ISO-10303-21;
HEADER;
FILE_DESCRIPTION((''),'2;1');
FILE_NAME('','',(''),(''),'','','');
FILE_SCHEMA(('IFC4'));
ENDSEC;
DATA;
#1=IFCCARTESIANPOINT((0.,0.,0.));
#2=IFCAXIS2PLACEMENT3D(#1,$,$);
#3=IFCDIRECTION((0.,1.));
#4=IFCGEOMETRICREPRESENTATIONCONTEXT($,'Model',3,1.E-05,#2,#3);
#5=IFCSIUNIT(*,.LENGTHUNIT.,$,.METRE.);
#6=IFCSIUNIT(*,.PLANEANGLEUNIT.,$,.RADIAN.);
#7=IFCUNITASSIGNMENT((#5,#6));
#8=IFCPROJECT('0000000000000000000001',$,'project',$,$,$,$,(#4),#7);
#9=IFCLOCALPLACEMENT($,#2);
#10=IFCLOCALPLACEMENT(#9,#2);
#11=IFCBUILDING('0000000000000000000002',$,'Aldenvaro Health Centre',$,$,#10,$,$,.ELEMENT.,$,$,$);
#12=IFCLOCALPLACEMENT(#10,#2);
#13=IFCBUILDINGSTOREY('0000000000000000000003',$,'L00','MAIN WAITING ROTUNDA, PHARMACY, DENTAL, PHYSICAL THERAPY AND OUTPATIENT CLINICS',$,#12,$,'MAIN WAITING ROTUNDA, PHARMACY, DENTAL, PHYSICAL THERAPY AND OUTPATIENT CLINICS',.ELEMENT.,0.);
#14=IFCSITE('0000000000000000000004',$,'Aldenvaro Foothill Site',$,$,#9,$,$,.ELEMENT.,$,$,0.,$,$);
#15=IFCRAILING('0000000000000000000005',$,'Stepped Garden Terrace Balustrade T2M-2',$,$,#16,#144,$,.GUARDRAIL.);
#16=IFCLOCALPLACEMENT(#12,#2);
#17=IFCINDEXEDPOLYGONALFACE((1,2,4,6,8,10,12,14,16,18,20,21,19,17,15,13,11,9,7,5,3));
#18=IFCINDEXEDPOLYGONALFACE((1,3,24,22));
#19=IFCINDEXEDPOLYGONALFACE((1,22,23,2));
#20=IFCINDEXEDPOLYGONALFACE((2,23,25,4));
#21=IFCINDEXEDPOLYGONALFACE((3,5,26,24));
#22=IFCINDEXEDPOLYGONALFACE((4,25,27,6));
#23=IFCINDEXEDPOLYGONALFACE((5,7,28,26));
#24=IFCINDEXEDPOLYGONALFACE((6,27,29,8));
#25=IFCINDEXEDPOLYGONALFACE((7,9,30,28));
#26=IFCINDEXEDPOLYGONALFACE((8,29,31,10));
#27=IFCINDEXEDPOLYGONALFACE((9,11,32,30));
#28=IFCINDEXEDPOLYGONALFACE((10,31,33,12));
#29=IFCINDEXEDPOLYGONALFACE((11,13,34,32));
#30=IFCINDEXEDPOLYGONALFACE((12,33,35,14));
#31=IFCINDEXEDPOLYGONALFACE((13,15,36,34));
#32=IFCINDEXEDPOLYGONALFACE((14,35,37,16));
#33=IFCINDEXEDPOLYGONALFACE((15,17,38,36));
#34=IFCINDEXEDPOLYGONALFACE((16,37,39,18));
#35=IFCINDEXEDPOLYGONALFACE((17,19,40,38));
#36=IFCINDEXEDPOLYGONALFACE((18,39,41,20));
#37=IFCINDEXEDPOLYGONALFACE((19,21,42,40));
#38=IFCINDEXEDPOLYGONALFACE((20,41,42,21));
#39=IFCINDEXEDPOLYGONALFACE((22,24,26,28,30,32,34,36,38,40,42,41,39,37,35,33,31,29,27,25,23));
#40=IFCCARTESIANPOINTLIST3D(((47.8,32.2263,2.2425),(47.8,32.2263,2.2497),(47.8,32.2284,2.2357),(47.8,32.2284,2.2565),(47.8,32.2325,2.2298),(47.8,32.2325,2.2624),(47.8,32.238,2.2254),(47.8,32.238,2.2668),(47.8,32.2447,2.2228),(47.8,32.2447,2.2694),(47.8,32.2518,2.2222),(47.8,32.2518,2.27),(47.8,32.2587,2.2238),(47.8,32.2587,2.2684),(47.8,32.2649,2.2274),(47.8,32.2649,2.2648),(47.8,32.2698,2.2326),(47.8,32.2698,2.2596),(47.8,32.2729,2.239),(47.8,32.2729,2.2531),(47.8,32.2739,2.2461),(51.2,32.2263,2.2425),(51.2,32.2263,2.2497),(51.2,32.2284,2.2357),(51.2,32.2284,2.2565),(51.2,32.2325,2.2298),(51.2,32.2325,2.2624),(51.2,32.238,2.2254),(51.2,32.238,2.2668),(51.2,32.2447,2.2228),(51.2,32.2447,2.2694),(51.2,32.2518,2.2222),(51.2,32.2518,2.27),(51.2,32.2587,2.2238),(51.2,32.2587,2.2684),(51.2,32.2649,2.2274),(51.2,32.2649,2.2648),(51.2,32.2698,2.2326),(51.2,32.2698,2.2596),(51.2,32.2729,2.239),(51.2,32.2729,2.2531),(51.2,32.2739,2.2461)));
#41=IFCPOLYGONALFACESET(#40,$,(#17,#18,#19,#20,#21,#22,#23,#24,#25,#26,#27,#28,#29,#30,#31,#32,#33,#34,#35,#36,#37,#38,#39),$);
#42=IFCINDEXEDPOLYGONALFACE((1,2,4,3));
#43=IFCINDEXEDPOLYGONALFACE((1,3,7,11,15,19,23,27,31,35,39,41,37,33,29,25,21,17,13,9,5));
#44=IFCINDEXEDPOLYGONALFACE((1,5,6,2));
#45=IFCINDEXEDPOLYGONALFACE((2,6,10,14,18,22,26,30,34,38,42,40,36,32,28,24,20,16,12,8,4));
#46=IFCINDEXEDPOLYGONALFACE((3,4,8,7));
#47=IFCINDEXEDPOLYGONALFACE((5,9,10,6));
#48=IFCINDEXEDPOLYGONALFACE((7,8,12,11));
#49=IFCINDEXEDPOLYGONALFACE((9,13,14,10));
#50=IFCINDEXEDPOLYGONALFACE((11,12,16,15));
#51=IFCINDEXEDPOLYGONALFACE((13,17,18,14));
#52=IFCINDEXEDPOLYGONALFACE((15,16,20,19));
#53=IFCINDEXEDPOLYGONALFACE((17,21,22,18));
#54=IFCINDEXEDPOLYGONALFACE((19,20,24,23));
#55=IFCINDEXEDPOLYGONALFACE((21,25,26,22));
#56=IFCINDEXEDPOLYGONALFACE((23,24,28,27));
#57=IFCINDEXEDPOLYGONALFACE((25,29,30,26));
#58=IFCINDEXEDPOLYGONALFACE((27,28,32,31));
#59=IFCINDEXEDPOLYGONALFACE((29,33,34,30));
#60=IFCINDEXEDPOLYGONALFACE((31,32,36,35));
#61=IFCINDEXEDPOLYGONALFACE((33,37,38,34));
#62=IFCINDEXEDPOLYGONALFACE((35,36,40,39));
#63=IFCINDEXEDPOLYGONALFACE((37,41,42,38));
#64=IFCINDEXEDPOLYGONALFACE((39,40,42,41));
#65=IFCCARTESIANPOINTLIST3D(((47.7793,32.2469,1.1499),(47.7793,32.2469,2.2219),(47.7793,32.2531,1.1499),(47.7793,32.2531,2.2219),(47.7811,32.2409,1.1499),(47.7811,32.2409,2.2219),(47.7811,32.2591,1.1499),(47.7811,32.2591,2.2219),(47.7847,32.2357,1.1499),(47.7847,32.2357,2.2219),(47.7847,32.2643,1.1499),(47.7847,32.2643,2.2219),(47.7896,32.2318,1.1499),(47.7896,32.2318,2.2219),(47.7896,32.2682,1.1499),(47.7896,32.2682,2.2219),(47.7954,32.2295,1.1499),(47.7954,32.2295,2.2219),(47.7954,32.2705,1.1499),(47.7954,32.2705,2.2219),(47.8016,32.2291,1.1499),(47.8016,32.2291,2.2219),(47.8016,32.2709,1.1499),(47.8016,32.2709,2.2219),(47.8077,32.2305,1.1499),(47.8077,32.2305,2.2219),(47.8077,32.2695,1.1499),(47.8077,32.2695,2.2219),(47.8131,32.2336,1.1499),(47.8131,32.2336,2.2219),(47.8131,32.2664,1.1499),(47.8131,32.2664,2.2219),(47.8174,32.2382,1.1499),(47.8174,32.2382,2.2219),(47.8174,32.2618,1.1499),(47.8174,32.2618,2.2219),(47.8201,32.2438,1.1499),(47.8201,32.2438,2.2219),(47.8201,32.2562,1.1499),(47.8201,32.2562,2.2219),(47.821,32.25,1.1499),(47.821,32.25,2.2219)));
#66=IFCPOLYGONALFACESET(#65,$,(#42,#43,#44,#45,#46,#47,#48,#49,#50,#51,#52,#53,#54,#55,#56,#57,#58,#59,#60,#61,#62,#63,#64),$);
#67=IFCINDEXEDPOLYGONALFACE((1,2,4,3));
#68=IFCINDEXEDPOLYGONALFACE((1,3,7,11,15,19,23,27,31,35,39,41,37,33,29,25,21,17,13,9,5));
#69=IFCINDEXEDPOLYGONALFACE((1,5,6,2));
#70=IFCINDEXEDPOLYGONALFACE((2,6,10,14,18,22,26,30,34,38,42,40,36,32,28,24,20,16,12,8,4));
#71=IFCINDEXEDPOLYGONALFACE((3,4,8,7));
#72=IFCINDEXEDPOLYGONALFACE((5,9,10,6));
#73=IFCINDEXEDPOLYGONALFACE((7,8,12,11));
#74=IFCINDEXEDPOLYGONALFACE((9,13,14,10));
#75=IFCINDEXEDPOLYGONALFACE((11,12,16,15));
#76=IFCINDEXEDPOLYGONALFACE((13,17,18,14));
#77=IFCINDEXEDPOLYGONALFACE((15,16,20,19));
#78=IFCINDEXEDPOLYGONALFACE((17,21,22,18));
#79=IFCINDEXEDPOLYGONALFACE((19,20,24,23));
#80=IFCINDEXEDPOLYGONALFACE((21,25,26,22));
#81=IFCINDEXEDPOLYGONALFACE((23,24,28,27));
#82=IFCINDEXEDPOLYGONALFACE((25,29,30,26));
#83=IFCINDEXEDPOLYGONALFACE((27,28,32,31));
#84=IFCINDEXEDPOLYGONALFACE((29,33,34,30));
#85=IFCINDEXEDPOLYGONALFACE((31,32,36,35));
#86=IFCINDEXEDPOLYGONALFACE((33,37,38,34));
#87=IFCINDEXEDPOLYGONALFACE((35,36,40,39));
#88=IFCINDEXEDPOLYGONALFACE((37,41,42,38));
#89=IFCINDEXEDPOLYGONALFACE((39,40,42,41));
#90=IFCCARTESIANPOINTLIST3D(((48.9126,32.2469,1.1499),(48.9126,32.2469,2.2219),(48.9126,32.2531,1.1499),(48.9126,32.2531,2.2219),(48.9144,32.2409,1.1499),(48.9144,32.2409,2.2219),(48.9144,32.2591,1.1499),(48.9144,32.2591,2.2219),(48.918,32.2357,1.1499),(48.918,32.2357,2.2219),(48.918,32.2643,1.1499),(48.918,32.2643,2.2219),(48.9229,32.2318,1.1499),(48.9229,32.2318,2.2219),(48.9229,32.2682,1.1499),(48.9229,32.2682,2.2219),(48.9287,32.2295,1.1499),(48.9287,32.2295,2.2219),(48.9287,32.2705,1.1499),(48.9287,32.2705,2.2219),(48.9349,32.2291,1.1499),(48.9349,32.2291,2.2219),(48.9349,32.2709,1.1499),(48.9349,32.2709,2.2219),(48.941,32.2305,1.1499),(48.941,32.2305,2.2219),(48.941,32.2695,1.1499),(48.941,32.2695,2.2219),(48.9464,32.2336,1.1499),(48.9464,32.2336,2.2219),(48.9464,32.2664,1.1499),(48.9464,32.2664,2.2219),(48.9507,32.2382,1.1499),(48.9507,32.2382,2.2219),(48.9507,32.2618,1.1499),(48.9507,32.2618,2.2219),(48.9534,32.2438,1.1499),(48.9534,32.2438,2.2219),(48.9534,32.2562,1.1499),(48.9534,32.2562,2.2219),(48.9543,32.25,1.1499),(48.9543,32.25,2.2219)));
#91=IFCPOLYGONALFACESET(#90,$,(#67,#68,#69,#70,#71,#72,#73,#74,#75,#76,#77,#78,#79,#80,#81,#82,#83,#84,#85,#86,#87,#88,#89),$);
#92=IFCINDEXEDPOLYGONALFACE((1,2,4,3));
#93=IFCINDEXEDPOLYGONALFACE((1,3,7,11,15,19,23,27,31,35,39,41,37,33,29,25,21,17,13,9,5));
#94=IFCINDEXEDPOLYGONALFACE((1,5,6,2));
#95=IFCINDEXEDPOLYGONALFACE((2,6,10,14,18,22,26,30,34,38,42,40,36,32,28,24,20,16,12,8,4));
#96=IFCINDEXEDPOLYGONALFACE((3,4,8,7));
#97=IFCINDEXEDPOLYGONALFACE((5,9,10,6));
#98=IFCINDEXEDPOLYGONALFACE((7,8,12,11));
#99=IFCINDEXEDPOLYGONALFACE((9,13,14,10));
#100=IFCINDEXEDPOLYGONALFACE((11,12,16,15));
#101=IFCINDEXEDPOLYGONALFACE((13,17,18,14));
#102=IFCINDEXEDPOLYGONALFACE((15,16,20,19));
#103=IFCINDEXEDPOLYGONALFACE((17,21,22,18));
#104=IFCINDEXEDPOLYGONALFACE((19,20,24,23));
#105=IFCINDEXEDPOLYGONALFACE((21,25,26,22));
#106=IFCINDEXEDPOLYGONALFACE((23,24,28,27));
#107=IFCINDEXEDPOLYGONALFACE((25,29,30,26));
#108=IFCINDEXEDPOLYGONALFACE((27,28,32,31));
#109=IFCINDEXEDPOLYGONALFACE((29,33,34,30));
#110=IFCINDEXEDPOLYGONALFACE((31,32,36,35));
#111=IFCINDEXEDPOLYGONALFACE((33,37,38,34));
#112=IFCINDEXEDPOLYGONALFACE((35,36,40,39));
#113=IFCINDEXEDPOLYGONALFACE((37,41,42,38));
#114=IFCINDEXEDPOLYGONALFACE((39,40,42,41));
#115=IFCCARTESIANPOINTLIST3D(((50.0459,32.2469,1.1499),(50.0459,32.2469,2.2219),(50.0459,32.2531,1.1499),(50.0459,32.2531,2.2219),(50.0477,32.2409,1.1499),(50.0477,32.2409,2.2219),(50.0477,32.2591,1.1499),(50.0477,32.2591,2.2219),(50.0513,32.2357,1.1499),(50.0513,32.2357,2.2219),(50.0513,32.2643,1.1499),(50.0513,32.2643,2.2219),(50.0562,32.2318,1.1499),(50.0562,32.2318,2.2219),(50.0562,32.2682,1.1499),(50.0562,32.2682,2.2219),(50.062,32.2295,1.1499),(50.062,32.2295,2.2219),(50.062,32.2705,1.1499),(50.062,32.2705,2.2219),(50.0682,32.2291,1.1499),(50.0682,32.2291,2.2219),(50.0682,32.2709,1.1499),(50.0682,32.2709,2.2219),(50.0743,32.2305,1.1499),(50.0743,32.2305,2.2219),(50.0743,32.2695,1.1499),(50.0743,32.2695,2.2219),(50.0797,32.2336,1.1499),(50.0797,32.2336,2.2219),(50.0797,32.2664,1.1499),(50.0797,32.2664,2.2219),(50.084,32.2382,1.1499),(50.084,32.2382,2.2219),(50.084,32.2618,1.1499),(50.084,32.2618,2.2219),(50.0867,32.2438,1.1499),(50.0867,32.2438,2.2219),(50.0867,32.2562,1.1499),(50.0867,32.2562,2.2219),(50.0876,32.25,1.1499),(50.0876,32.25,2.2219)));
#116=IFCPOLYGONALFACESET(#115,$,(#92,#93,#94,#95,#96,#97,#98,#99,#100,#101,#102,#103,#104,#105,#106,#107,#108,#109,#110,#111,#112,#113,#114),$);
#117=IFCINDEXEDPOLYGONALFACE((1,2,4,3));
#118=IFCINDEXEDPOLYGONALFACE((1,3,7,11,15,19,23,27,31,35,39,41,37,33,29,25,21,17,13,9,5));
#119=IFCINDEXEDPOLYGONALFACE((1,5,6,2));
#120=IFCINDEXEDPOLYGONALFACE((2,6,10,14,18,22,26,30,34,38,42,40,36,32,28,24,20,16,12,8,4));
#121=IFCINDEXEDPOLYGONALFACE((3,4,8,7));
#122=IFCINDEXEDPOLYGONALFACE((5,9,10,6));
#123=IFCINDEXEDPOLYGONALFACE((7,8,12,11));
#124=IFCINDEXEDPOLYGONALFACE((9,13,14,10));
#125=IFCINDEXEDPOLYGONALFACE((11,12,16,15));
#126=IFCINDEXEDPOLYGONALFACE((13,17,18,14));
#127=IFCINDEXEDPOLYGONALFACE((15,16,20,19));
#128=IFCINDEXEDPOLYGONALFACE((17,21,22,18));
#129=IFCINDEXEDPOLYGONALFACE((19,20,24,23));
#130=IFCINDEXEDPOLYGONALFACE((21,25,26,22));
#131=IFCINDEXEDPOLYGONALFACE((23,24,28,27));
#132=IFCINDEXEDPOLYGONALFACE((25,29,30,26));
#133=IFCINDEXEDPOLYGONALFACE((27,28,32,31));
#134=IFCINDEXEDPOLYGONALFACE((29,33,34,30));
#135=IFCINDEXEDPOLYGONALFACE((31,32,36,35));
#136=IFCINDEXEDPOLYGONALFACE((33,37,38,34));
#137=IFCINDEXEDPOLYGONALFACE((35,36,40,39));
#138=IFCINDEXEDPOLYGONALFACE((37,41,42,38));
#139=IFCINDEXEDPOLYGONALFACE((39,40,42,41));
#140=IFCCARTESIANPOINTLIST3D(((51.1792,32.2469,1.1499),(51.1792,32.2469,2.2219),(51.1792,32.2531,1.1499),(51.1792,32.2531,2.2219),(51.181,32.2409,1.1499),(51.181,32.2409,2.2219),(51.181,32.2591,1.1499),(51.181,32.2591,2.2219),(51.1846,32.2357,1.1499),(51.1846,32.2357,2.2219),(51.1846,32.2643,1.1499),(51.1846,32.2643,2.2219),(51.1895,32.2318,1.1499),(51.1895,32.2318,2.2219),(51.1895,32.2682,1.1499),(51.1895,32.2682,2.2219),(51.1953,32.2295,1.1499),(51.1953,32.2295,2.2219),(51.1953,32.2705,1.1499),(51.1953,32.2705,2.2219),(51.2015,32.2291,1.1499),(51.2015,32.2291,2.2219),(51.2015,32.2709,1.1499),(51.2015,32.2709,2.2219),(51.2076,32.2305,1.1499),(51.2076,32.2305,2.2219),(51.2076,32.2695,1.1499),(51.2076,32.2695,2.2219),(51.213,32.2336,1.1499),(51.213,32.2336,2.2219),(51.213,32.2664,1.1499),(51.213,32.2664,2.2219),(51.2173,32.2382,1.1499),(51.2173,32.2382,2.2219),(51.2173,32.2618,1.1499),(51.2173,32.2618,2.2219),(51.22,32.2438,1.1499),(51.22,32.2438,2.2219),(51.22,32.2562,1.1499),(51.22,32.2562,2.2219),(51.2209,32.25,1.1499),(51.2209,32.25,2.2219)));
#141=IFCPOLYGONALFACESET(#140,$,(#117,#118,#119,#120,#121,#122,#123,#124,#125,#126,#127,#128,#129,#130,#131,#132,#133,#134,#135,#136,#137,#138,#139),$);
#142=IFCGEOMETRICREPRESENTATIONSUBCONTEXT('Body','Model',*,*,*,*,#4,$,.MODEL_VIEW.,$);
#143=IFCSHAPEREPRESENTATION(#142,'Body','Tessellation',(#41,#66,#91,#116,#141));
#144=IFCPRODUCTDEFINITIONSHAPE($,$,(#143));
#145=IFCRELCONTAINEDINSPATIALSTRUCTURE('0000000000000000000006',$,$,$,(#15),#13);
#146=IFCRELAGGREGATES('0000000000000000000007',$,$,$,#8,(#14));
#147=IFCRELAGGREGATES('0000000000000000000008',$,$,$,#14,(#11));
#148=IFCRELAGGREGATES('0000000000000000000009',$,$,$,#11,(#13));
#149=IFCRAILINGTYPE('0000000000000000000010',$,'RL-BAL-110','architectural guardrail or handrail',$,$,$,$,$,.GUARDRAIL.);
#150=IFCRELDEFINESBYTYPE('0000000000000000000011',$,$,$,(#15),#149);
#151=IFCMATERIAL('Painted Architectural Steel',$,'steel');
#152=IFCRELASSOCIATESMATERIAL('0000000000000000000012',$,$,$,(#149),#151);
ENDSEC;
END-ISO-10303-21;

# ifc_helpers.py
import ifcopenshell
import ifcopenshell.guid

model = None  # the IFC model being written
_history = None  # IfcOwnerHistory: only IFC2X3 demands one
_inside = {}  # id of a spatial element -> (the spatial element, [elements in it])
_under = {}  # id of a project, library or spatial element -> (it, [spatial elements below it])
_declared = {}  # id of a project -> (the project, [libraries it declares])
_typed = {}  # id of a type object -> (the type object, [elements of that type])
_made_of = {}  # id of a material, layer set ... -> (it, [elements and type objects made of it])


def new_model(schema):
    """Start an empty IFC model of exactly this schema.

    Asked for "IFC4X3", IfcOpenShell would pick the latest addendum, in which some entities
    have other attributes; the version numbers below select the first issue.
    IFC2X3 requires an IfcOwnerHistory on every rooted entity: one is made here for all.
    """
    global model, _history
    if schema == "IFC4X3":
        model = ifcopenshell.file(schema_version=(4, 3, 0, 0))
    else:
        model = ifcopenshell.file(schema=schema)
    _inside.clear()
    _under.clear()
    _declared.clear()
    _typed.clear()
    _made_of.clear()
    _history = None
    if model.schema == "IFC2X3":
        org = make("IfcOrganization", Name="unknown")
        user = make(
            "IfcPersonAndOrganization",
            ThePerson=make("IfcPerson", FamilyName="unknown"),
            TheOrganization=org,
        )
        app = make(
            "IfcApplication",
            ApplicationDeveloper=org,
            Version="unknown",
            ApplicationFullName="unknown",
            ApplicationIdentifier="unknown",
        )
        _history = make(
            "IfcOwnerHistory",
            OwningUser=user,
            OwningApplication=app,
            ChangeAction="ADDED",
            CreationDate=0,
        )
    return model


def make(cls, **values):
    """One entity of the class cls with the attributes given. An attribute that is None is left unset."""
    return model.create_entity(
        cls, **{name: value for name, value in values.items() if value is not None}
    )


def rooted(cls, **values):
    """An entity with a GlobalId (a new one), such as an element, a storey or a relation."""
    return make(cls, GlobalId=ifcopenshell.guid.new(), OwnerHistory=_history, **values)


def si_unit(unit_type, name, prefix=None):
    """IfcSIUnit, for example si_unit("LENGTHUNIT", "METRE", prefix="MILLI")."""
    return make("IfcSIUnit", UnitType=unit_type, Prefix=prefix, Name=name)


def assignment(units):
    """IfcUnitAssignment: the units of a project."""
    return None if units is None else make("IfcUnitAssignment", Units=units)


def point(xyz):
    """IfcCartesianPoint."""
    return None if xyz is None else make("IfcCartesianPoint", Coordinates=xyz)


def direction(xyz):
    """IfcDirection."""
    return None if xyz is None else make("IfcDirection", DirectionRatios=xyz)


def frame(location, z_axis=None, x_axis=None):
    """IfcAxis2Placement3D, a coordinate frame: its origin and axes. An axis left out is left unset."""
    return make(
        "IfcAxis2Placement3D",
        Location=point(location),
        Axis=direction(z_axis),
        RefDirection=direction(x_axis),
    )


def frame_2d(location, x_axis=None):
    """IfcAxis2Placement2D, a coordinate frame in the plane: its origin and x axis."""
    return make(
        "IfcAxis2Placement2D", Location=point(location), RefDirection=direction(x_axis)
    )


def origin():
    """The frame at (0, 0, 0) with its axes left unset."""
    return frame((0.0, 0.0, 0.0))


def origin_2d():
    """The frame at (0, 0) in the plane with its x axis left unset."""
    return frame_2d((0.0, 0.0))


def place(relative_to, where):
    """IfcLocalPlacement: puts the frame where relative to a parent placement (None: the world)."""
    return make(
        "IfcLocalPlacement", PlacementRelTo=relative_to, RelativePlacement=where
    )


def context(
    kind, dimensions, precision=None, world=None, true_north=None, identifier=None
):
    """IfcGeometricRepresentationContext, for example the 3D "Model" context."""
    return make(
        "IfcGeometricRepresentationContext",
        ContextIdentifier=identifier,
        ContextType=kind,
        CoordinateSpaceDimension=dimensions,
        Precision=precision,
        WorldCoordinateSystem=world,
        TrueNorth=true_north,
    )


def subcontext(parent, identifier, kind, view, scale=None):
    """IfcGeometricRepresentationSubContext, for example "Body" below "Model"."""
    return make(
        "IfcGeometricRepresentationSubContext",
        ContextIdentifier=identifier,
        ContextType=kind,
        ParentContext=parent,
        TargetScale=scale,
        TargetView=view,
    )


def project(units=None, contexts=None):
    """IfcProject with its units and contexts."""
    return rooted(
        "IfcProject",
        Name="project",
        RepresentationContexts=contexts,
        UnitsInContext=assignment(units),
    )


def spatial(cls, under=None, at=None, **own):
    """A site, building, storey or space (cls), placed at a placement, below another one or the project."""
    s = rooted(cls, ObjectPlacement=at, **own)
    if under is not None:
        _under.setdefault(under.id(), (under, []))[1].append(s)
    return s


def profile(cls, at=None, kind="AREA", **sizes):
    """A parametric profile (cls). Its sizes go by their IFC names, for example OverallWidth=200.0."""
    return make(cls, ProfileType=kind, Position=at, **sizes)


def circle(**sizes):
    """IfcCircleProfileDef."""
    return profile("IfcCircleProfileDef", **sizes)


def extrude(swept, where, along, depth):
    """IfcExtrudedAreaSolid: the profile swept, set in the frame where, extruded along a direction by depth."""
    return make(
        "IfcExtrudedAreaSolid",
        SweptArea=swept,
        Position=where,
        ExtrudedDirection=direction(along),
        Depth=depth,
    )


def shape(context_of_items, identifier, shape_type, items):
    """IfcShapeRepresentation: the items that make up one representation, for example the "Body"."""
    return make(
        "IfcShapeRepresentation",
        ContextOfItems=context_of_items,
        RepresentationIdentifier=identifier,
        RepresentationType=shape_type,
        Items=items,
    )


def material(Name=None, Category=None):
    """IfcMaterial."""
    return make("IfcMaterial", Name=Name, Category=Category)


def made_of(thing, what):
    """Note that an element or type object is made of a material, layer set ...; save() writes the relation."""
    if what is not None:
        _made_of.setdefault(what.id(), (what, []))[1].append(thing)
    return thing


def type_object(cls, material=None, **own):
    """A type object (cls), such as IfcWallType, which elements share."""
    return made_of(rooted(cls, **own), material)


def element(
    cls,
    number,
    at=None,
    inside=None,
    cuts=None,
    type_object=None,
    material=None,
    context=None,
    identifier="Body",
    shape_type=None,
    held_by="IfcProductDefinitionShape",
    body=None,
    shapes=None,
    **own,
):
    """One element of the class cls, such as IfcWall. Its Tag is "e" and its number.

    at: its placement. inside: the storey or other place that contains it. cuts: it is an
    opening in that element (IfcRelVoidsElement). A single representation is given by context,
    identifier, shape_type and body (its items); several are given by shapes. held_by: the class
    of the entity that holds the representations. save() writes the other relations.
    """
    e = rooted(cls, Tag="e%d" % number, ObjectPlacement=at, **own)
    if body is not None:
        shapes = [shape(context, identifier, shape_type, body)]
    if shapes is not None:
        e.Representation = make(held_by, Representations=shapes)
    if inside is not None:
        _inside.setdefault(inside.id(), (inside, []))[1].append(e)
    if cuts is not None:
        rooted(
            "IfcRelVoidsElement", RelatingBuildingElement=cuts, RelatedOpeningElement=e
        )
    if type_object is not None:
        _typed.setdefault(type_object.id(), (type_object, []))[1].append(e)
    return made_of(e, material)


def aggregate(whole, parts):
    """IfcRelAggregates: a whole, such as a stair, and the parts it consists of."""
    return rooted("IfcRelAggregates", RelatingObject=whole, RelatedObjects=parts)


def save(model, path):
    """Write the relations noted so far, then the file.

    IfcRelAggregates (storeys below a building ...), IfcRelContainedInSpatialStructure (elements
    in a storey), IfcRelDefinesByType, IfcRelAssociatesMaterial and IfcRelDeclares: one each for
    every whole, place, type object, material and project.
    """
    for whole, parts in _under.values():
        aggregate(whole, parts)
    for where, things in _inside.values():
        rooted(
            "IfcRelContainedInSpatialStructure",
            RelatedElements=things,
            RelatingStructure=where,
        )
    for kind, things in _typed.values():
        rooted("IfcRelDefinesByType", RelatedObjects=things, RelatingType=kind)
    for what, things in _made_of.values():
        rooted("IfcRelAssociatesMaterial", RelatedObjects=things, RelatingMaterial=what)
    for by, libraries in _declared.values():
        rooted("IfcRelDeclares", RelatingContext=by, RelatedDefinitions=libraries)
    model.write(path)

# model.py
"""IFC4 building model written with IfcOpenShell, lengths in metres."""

from ifc_helpers import new_model, si_unit, direction, frame, origin, origin_2d, place, context, subcontext, project, spatial, circle, extrude, material, type_object, element, save


model = new_model("IFC4")

# Units and contexts
model_context = context("Model", 3, precision=1e-05, world=origin(), true_north=direction((0.0, 1.0)))
body_context = subcontext(model_context, "Body", "Model", "MODEL_VIEW")
ifc_project = project(units=[si_unit("LENGTHUNIT", "METRE"), si_unit("PLANEANGLEUNIT", "RADIAN")], contexts=[model_context])

# Site, building, storey
site_placement = place(None, origin())
site = spatial("IfcSite", under=ifc_project, at=site_placement, Name="Aldenvaro Foothill Site", CompositionType="ELEMENT", RefElevation=0.0)
building_placement = place(site_placement, origin())
building = spatial("IfcBuilding", under=site, at=building_placement, Name="Aldenvaro Health Centre", CompositionType="ELEMENT")
storey_placement = place(building_placement, origin())
storey = spatial("IfcBuildingStorey", under=building, at=storey_placement, Name="L00", Description="MAIN WAITING ROTUNDA, PHARMACY, DENTAL, PHYSICAL THERAPY AND OUTPATIENT CLINICS", LongName="MAIN WAITING ROTUNDA, PHARMACY, DENTAL, PHYSICAL THERAPY AND OUTPATIENT CLINICS", CompositionType="ELEMENT", Elevation=0.0)

# Railing
ifc_material_1 = material(Name="Painted Architectural Steel", Category="steel")
railing_type_1 = type_object("IfcRailingType", Name="RL-BAL-110", Description="architectural guardrail or handrail", PredefinedType="GUARDRAIL", material=ifc_material_1)
railing_1_placement = place(storey_placement, frame((47.8, 32.25, 1.1499)))
element("IfcRailing", 1, at=railing_1_placement, inside=storey, type_object=railing_type_1, Name="Stepped Garden Terrace Balustrade T2M-2", PredefinedType="GUARDRAIL", context=body_context, shape_type="SweptSolid", body=[
    extrude(circle(Radius=0.0239, at=origin_2d()), frame((0.0, 0.0, 1.0962), z_axis=(1.0, 0.0, 0.0), x_axis=(0.0, 1.0, 0.0)), (0.0, 0.0, 1.0), 3.3999),
    extrude(circle(Radius=0.021, at=origin_2d()), origin(), (0.0, 0.0, 1.0), 1.072),
    extrude(circle(Radius=0.021, at=origin_2d()), frame((1.1333, 0.0, 0.0)), (0.0, 0.0, 1.0), 1.072),
    extrude(circle(Radius=0.021, at=origin_2d()), frame((2.2666, 0.0, 0.0)), (0.0, 0.0, 1.0), 1.072),
    extrude(circle(Radius=0.021, at=origin_2d()), frame((3.3999, 0.0, 0.0)), (0.0, 0.0, 1.0), 1.072),
])

save(model, "model.ifc")
